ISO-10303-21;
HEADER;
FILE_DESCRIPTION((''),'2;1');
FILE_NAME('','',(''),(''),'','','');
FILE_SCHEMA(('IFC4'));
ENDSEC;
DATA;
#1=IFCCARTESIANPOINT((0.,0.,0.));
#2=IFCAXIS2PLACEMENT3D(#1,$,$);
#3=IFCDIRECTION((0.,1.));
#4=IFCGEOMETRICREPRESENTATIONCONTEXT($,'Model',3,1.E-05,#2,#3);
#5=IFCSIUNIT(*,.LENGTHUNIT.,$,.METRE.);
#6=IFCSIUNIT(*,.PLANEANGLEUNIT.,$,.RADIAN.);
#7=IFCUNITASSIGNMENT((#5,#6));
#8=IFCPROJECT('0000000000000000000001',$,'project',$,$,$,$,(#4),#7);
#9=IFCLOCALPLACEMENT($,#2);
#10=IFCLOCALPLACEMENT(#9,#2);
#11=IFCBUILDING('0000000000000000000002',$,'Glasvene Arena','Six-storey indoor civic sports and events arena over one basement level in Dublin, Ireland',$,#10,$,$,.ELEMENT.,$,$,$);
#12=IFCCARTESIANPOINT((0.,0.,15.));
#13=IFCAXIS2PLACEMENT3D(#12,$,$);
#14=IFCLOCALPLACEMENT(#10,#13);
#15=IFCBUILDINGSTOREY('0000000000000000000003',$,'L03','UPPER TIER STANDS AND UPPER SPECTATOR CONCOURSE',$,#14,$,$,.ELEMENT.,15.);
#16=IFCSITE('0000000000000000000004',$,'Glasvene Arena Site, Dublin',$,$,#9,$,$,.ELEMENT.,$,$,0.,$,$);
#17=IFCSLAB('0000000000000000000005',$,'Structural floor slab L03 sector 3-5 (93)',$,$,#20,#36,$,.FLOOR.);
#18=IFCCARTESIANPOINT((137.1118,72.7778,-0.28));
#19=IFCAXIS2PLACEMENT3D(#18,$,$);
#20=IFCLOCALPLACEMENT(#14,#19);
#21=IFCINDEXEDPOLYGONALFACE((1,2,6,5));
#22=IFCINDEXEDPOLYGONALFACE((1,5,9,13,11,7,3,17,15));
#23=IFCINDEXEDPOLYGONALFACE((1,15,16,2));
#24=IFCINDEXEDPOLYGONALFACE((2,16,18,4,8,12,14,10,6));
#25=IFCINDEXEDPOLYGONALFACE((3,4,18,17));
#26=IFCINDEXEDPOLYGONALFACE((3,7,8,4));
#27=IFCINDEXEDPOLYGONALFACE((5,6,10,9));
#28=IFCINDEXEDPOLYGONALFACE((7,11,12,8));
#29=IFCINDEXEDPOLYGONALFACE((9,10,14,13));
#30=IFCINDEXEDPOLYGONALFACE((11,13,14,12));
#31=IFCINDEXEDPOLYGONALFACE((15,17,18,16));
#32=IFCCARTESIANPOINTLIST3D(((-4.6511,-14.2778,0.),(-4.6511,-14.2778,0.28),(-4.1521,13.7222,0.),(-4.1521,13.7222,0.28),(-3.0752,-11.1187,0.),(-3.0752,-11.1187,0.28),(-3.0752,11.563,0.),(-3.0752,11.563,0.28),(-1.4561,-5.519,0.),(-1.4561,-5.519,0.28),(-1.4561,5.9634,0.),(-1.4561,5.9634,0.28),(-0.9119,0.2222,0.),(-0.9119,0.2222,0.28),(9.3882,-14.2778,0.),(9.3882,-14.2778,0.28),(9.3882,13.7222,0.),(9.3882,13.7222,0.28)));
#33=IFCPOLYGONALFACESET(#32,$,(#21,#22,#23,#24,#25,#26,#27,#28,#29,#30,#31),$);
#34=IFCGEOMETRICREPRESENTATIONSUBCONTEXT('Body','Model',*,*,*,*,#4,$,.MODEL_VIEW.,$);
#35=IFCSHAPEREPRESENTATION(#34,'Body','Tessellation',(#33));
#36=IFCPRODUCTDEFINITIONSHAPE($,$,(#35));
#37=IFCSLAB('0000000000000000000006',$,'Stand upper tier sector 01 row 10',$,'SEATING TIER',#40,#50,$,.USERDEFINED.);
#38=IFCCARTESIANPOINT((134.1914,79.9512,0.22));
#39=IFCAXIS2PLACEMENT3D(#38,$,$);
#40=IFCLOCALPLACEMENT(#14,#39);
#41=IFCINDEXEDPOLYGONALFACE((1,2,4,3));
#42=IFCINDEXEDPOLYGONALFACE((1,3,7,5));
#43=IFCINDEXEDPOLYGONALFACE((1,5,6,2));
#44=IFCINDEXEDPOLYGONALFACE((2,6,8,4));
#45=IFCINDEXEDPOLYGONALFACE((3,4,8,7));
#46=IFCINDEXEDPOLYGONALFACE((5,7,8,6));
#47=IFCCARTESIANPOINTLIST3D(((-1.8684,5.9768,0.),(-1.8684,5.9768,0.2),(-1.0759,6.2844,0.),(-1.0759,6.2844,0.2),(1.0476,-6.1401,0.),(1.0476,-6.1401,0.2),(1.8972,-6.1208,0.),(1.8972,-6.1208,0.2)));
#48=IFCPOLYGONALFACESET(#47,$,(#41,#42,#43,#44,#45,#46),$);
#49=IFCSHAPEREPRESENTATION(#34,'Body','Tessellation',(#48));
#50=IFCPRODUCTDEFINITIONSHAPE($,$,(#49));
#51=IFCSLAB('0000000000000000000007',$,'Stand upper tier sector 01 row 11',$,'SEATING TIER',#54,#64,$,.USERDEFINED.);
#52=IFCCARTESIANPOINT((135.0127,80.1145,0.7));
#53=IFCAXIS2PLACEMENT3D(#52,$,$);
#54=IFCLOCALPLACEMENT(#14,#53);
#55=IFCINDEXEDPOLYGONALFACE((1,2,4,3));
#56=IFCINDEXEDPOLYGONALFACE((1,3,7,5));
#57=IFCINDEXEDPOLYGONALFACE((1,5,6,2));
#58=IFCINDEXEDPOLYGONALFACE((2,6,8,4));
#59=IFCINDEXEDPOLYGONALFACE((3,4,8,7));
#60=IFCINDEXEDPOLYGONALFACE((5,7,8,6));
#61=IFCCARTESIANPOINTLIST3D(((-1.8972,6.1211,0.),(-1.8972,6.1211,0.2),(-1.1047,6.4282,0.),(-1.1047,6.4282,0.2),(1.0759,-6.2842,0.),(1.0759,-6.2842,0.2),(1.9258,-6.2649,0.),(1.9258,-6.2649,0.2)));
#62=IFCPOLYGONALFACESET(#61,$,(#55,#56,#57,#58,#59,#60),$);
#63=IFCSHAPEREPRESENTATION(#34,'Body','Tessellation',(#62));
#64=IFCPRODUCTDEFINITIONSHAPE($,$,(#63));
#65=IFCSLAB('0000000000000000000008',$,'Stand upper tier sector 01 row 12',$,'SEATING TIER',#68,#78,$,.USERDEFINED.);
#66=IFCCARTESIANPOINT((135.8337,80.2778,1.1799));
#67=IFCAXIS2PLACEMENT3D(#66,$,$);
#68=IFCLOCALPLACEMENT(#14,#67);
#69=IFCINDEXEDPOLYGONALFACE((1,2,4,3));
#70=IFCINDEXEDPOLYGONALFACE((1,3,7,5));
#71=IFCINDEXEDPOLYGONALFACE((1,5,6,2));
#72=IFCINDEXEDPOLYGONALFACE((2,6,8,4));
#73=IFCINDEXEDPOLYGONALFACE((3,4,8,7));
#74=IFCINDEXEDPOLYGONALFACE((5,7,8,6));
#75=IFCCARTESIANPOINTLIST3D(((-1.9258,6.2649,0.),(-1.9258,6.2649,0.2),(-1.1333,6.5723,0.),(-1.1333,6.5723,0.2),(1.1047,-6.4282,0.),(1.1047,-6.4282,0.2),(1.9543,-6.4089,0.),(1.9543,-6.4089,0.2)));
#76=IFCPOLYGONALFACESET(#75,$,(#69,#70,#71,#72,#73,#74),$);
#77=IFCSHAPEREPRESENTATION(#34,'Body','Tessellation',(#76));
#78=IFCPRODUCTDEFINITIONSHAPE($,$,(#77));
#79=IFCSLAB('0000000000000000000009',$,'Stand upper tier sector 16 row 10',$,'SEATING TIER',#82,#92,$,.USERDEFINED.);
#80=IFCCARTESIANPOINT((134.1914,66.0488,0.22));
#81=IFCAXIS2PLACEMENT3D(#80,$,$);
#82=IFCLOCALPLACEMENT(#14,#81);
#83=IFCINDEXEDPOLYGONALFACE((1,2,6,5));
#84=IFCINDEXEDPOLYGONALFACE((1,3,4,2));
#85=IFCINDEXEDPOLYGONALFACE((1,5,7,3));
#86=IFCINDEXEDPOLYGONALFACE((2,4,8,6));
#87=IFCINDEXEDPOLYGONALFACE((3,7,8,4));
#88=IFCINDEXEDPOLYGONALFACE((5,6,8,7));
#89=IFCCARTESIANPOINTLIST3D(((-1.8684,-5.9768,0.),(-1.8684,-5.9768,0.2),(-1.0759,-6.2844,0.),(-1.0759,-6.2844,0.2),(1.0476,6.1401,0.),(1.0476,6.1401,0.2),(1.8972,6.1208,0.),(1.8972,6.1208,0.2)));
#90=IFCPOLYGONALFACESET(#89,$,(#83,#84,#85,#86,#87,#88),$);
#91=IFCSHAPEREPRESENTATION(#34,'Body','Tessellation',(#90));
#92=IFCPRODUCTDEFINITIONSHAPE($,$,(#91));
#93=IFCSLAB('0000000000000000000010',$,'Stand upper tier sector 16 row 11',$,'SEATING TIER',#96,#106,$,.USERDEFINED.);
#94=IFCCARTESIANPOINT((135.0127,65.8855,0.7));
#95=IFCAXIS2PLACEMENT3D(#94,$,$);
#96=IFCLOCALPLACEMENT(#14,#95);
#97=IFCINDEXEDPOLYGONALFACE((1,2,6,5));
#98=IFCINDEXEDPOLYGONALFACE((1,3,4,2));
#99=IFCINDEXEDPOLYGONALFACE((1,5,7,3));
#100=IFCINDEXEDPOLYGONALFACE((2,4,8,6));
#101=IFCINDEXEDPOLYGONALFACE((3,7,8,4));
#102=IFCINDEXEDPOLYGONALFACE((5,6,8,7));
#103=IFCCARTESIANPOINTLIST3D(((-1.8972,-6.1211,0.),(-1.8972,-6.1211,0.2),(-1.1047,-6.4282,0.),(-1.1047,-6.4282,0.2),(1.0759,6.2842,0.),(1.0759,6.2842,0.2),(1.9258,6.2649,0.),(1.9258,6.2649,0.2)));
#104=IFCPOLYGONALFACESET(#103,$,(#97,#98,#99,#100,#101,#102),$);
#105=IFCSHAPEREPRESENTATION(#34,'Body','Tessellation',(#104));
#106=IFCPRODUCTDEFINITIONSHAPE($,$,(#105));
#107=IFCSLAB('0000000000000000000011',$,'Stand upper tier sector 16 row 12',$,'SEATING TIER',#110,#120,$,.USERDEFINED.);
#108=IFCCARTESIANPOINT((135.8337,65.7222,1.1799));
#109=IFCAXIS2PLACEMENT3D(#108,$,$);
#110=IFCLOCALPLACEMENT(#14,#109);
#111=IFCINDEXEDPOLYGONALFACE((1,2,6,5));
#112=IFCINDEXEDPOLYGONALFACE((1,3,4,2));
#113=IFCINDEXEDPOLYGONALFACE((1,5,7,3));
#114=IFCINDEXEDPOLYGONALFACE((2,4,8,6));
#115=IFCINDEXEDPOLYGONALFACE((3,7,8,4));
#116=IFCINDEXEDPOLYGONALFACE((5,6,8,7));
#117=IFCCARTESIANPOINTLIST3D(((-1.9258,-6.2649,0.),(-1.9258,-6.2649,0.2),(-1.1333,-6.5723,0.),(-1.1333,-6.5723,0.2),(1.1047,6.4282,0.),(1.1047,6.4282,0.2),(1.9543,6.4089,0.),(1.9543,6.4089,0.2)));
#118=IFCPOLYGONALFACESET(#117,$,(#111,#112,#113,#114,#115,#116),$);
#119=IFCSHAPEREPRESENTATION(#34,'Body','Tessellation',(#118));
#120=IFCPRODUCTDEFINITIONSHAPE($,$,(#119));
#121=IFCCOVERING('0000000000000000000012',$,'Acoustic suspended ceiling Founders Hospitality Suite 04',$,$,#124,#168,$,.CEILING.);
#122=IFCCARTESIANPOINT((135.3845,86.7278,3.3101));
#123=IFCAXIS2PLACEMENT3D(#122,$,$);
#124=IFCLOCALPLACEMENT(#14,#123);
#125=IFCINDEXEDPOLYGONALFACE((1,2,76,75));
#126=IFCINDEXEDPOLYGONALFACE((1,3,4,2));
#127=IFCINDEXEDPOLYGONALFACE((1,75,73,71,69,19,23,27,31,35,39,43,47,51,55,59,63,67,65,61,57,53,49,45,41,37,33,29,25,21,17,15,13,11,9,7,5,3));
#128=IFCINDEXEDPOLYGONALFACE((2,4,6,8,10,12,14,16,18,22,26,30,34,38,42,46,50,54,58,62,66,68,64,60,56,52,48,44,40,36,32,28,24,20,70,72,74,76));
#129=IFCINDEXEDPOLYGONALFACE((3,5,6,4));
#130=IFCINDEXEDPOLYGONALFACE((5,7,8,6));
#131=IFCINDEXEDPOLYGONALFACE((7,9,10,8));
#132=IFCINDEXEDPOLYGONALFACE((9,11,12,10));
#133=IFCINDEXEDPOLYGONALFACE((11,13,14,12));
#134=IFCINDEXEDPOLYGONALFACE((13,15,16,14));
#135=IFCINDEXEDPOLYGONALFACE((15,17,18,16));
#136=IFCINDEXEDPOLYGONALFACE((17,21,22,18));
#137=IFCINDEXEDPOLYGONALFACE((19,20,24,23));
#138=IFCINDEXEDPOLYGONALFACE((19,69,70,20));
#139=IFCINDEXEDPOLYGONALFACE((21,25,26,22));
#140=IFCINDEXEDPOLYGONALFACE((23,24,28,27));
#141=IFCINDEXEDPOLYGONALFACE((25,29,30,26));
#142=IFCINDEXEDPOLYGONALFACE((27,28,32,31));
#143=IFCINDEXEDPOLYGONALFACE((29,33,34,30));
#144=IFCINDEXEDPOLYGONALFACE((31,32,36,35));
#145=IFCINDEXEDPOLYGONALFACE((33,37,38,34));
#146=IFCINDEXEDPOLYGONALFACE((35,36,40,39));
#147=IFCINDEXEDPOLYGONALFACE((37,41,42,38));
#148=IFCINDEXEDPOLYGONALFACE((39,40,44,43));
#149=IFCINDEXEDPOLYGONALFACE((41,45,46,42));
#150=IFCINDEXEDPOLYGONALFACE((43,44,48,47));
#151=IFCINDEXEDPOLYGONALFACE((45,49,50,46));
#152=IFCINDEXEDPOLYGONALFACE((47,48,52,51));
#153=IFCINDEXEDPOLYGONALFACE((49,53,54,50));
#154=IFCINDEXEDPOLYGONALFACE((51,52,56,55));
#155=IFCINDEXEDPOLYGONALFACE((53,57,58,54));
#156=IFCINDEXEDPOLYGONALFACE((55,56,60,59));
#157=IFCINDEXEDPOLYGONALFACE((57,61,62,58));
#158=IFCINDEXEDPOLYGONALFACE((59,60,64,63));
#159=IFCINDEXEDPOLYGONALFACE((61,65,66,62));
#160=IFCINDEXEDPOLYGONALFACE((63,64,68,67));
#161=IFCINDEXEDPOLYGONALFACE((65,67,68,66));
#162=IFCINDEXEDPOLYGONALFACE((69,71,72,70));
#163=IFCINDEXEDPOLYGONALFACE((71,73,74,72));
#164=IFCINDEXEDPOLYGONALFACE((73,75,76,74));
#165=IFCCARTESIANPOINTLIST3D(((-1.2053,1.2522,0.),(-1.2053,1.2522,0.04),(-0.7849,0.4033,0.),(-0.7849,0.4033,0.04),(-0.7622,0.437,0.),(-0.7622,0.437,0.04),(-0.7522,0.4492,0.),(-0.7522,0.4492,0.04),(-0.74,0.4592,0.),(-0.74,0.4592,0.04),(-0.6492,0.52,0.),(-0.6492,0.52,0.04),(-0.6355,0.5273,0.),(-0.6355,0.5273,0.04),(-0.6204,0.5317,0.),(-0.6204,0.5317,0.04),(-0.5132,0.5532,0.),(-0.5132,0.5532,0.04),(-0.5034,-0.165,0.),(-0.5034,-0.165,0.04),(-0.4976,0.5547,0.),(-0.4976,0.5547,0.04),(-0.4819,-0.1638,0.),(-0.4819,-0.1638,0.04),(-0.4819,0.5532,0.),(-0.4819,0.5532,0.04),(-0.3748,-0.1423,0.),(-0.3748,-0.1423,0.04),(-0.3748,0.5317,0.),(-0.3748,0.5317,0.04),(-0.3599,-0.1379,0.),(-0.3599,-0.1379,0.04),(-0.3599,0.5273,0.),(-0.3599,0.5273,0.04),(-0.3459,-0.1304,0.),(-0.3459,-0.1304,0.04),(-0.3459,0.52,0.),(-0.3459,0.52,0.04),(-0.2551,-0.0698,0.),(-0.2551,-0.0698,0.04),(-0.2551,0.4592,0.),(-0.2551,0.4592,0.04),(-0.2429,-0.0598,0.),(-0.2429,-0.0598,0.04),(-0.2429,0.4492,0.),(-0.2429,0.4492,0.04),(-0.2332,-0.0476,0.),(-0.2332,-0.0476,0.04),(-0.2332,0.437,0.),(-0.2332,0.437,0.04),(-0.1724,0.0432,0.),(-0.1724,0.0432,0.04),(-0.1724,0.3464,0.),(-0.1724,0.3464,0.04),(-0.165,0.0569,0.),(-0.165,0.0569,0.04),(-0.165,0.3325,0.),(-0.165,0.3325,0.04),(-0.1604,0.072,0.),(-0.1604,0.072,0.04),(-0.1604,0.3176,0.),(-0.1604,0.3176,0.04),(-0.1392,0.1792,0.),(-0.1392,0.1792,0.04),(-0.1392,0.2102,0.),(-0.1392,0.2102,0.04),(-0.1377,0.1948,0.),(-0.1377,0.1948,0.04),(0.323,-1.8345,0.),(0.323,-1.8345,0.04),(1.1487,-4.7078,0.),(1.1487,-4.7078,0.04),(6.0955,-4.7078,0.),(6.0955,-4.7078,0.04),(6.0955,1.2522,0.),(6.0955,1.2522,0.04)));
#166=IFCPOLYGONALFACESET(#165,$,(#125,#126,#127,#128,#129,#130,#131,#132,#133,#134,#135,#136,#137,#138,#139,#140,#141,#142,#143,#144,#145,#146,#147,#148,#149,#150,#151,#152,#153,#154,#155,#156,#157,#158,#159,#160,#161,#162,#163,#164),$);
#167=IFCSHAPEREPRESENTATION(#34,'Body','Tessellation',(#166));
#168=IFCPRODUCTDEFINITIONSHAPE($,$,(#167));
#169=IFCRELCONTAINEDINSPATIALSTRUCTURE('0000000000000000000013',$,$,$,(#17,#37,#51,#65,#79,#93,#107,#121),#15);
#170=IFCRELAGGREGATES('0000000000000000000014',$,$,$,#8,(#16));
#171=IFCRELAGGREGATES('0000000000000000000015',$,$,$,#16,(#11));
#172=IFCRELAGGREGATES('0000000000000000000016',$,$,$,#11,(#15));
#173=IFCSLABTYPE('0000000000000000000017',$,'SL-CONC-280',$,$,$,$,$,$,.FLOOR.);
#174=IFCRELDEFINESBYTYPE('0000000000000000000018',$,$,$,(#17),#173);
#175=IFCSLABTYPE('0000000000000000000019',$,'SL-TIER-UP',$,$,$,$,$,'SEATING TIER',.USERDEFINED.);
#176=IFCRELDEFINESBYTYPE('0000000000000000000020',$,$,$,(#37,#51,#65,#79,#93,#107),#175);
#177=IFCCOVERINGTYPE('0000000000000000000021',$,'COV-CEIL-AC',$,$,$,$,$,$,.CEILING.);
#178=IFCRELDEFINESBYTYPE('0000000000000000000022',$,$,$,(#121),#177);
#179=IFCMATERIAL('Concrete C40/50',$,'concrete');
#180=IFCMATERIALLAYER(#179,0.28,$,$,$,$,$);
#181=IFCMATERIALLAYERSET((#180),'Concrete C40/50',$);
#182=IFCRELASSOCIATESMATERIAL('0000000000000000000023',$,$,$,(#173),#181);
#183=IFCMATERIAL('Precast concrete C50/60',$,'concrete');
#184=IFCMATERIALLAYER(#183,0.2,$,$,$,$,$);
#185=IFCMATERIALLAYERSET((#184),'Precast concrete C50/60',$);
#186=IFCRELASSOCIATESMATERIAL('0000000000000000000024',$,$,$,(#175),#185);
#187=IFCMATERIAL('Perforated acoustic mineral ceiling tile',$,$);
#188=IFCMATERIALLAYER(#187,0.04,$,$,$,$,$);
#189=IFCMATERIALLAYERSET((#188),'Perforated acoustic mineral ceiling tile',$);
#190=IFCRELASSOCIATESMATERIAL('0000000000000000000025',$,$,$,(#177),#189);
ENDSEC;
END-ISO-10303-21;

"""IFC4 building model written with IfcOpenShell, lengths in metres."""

from ifc_helpers import new_model, si_unit, direction, frame, origin, place, context, subcontext, project, spatial, polyline, outline, extrude, material, layer, layer_set, type_object, element, save


model = new_model("IFC4")

# Units and contexts
model_context = context("Model", 3, precision=1e-05, world=origin(), true_north=direction((0.0, 1.0)))
body_context = subcontext(model_context, "Body", "Model", "MODEL_VIEW")
ifc_project = project(units=[si_unit("LENGTHUNIT", "METRE"), si_unit("PLANEANGLEUNIT", "RADIAN")], contexts=[model_context])

# Site, building, storey
site_placement = place(None, origin())
site = spatial("IfcSite", under=ifc_project, at=site_placement, Name="Glasvene Arena Site, Dublin", CompositionType="ELEMENT", RefElevation=0.0)
building_placement = place(site_placement, origin())
building = spatial("IfcBuilding", under=site, at=building_placement, Name="Glasvene Arena", Description="Six-storey indoor civic sports and events arena over one basement level in Dublin, Ireland", CompositionType="ELEMENT")
storey_placement = place(building_placement, frame((0.0, 0.0, 15.0)))
storey = spatial("IfcBuildingStorey", under=building, at=storey_placement, Name="L03", Description="UPPER TIER STANDS AND UPPER SPECTATOR CONCOURSE", CompositionType="ELEMENT", Elevation=15.0)

# Shared definitions
ifc_material_1 = material(Name="Precast concrete C50/60", Category="concrete")

# Slabs
ifc_material_2 = material(Name="Concrete C40/50", Category="concrete")
ifc_layer_1 = layer(ifc_material_2, 0.28)
ifc_layer_set_1 = layer_set([ifc_layer_1], Name="Concrete C40/50")
slab_type_1 = type_object("IfcSlabType", Name="SL-CONC-280", PredefinedType="FLOOR", material=ifc_layer_set_1)
slab_1_placement = place(storey_placement, frame((137.1118, 72.7778, -0.28)))
element("IfcSlab", 1, at=slab_1_placement, inside=storey, type_object=slab_type_1, Name="Structural floor slab L03 sector 3-5 (93)", PredefinedType="FLOOR", context=body_context, shape_type="SweptSolid", body=[
    extrude(outline(polyline([(-3.0752, 11.563), (-4.1521, 13.7222), (9.3882, 13.7222), (9.3882, -14.2778), (-4.6511, -14.2778), (-3.0752, -11.1187), (-1.4561, -5.519), (-0.9119, 0.2222), (-1.4561, 5.9634), (-3.0752, 11.563)])), origin(), (0.0, 0.0, 1.0), 0.28),
])
ifc_layer_2 = layer(ifc_material_1, 0.2)
ifc_layer_set_2 = layer_set([ifc_layer_2], Name="Precast concrete C50/60")
slab_type_2 = type_object("IfcSlabType", Name="SL-TIER-UP", ElementType="SEATING TIER", PredefinedType="USERDEFINED", material=ifc_layer_set_2)
slab_2_placement = place(storey_placement, frame((134.1914, 79.9512, 0.22)))
element("IfcSlab", 2, at=slab_2_placement, inside=storey, type_object=slab_type_2, Name="Stand upper tier sector 01 row 10", ObjectType="SEATING TIER", PredefinedType="USERDEFINED", context=body_context, shape_type="SweptSolid", body=[
    extrude(outline(polyline([(1.0476, -6.1401), (-1.8684, 5.9768), (-1.0759, 6.2844), (1.8972, -6.1208), (1.0476, -6.1401)])), origin(), (0.0, 0.0, 1.0), 0.2),
])
slab_3_placement = place(storey_placement, frame((135.0127, 80.1145, 0.7)))
element("IfcSlab", 3, at=slab_3_placement, inside=storey, type_object=slab_type_2, Name="Stand upper tier sector 01 row 11", ObjectType="SEATING TIER", PredefinedType="USERDEFINED", context=body_context, shape_type="SweptSolid", body=[
    extrude(outline(polyline([(1.0759, -6.2842), (-1.8972, 6.1211), (-1.1047, 6.4282), (1.9258, -6.2649), (1.0759, -6.2842)])), origin(), (0.0, 0.0, 1.0), 0.2),
])
slab_4_placement = place(storey_placement, frame((135.8337, 80.2778, 1.1799)))
element("IfcSlab", 4, at=slab_4_placement, inside=storey, type_object=slab_type_2, Name="Stand upper tier sector 01 row 12", ObjectType="SEATING TIER", PredefinedType="USERDEFINED", context=body_context, shape_type="SweptSolid", body=[
    extrude(outline(polyline([(1.1047, -6.4282), (-1.9258, 6.2649), (-1.1333, 6.5723), (1.9543, -6.4089), (1.1047, -6.4282)])), origin(), (0.0, 0.0, 1.0), 0.2),
])
slab_5_placement = place(storey_placement, frame((134.1914, 66.0488, 0.22)))
element("IfcSlab", 5, at=slab_5_placement, inside=storey, type_object=slab_type_2, Name="Stand upper tier sector 16 row 10", ObjectType="SEATING TIER", PredefinedType="USERDEFINED", context=body_context, shape_type="SweptSolid", body=[
    extrude(outline(polyline([(-1.8684, -5.9768), (1.0476, 6.1401), (1.8972, 6.1208), (-1.0759, -6.2844), (-1.8684, -5.9768)])), origin(), (0.0, 0.0, 1.0), 0.2),
])
slab_6_placement = place(storey_placement, frame((135.0127, 65.8855, 0.7)))
element("IfcSlab", 6, at=slab_6_placement, inside=storey, type_object=slab_type_2, Name="Stand upper tier sector 16 row 11", ObjectType="SEATING TIER", PredefinedType="USERDEFINED", context=body_context, shape_type="SweptSolid", body=[
    extrude(outline(polyline([(-1.8972, -6.1211), (1.0759, 6.2842), (1.9258, 6.2649), (-1.1047, -6.4282), (-1.8972, -6.1211)])), origin(), (0.0, 0.0, 1.0), 0.2),
])
slab_7_placement = place(storey_placement, frame((135.8337, 65.7222, 1.1799)))
element("IfcSlab", 7, at=slab_7_placement, inside=storey, type_object=slab_type_2, Name="Stand upper tier sector 16 row 12", ObjectType="SEATING TIER", PredefinedType="USERDEFINED", context=body_context, shape_type="SweptSolid", body=[
    extrude(outline(polyline([(-1.9258, -6.2649), (1.1047, 6.4282), (1.9543, 6.4089), (-1.1333, -6.5723), (-1.9258, -6.2649)])), origin(), (0.0, 0.0, 1.0), 0.2),
])

# Covering
ifc_material_3 = material(Name="Perforated acoustic mineral ceiling tile")
ifc_layer_3 = layer(ifc_material_3, 0.04)
ifc_layer_set_3 = layer_set([ifc_layer_3], Name="Perforated acoustic mineral ceiling tile")
covering_type = type_object("IfcCoveringType", Name="COV-CEIL-AC", PredefinedType="CEILING", material=ifc_layer_set_3)
covering_placement = place(storey_placement, frame((135.3845, 86.7278, 3.3101)))
element("IfcCovering", 8, at=covering_placement, inside=storey, type_object=covering_type, Name="Acoustic suspended ceiling Founders Hospitality Suite 04", PredefinedType="CEILING", context=body_context, shape_type="SweptSolid", body=[
    extrude(outline(polyline([(6.0955, -4.7078), (1.1487, -4.7078), (0.323, -1.8345), (-0.5034, -0.165), (-0.4819, -0.1638), (-0.3748, -0.1423), (-0.3599, -0.1379), (-0.3459, -0.1304), (-0.2551, -0.0698), (-0.2429, -0.0598), (-0.2332, -0.0476), (-0.1724, 0.0432), (-0.165, 0.0569), (-0.1604, 0.072), (-0.1392, 0.1792), (-0.1377, 0.1948), (-0.1392, 0.2102), (-0.1604, 0.3176), (-0.165, 0.3325), (-0.1724, 0.3464), (-0.2332, 0.437), (-0.2429, 0.4492), (-0.2551, 0.4592), (-0.3459, 0.52), (-0.3599, 0.5273), (-0.3748, 0.5317), (-0.4819, 0.5532), (-0.4976, 0.5547), (-0.5132, 0.5532), (-0.6204, 0.5317), (-0.6355, 0.5273), (-0.6492, 0.52), (-0.74, 0.4592), (-0.7522, 0.4492), (-0.7622, 0.437), (-0.7849, 0.4033), (-1.2053, 1.2522), (6.0955, 1.2522), (6.0955, -4.7078)])), origin(), (0.0, 0.0, 1.0), 0.04),
])

save(model, "model.ifc")
